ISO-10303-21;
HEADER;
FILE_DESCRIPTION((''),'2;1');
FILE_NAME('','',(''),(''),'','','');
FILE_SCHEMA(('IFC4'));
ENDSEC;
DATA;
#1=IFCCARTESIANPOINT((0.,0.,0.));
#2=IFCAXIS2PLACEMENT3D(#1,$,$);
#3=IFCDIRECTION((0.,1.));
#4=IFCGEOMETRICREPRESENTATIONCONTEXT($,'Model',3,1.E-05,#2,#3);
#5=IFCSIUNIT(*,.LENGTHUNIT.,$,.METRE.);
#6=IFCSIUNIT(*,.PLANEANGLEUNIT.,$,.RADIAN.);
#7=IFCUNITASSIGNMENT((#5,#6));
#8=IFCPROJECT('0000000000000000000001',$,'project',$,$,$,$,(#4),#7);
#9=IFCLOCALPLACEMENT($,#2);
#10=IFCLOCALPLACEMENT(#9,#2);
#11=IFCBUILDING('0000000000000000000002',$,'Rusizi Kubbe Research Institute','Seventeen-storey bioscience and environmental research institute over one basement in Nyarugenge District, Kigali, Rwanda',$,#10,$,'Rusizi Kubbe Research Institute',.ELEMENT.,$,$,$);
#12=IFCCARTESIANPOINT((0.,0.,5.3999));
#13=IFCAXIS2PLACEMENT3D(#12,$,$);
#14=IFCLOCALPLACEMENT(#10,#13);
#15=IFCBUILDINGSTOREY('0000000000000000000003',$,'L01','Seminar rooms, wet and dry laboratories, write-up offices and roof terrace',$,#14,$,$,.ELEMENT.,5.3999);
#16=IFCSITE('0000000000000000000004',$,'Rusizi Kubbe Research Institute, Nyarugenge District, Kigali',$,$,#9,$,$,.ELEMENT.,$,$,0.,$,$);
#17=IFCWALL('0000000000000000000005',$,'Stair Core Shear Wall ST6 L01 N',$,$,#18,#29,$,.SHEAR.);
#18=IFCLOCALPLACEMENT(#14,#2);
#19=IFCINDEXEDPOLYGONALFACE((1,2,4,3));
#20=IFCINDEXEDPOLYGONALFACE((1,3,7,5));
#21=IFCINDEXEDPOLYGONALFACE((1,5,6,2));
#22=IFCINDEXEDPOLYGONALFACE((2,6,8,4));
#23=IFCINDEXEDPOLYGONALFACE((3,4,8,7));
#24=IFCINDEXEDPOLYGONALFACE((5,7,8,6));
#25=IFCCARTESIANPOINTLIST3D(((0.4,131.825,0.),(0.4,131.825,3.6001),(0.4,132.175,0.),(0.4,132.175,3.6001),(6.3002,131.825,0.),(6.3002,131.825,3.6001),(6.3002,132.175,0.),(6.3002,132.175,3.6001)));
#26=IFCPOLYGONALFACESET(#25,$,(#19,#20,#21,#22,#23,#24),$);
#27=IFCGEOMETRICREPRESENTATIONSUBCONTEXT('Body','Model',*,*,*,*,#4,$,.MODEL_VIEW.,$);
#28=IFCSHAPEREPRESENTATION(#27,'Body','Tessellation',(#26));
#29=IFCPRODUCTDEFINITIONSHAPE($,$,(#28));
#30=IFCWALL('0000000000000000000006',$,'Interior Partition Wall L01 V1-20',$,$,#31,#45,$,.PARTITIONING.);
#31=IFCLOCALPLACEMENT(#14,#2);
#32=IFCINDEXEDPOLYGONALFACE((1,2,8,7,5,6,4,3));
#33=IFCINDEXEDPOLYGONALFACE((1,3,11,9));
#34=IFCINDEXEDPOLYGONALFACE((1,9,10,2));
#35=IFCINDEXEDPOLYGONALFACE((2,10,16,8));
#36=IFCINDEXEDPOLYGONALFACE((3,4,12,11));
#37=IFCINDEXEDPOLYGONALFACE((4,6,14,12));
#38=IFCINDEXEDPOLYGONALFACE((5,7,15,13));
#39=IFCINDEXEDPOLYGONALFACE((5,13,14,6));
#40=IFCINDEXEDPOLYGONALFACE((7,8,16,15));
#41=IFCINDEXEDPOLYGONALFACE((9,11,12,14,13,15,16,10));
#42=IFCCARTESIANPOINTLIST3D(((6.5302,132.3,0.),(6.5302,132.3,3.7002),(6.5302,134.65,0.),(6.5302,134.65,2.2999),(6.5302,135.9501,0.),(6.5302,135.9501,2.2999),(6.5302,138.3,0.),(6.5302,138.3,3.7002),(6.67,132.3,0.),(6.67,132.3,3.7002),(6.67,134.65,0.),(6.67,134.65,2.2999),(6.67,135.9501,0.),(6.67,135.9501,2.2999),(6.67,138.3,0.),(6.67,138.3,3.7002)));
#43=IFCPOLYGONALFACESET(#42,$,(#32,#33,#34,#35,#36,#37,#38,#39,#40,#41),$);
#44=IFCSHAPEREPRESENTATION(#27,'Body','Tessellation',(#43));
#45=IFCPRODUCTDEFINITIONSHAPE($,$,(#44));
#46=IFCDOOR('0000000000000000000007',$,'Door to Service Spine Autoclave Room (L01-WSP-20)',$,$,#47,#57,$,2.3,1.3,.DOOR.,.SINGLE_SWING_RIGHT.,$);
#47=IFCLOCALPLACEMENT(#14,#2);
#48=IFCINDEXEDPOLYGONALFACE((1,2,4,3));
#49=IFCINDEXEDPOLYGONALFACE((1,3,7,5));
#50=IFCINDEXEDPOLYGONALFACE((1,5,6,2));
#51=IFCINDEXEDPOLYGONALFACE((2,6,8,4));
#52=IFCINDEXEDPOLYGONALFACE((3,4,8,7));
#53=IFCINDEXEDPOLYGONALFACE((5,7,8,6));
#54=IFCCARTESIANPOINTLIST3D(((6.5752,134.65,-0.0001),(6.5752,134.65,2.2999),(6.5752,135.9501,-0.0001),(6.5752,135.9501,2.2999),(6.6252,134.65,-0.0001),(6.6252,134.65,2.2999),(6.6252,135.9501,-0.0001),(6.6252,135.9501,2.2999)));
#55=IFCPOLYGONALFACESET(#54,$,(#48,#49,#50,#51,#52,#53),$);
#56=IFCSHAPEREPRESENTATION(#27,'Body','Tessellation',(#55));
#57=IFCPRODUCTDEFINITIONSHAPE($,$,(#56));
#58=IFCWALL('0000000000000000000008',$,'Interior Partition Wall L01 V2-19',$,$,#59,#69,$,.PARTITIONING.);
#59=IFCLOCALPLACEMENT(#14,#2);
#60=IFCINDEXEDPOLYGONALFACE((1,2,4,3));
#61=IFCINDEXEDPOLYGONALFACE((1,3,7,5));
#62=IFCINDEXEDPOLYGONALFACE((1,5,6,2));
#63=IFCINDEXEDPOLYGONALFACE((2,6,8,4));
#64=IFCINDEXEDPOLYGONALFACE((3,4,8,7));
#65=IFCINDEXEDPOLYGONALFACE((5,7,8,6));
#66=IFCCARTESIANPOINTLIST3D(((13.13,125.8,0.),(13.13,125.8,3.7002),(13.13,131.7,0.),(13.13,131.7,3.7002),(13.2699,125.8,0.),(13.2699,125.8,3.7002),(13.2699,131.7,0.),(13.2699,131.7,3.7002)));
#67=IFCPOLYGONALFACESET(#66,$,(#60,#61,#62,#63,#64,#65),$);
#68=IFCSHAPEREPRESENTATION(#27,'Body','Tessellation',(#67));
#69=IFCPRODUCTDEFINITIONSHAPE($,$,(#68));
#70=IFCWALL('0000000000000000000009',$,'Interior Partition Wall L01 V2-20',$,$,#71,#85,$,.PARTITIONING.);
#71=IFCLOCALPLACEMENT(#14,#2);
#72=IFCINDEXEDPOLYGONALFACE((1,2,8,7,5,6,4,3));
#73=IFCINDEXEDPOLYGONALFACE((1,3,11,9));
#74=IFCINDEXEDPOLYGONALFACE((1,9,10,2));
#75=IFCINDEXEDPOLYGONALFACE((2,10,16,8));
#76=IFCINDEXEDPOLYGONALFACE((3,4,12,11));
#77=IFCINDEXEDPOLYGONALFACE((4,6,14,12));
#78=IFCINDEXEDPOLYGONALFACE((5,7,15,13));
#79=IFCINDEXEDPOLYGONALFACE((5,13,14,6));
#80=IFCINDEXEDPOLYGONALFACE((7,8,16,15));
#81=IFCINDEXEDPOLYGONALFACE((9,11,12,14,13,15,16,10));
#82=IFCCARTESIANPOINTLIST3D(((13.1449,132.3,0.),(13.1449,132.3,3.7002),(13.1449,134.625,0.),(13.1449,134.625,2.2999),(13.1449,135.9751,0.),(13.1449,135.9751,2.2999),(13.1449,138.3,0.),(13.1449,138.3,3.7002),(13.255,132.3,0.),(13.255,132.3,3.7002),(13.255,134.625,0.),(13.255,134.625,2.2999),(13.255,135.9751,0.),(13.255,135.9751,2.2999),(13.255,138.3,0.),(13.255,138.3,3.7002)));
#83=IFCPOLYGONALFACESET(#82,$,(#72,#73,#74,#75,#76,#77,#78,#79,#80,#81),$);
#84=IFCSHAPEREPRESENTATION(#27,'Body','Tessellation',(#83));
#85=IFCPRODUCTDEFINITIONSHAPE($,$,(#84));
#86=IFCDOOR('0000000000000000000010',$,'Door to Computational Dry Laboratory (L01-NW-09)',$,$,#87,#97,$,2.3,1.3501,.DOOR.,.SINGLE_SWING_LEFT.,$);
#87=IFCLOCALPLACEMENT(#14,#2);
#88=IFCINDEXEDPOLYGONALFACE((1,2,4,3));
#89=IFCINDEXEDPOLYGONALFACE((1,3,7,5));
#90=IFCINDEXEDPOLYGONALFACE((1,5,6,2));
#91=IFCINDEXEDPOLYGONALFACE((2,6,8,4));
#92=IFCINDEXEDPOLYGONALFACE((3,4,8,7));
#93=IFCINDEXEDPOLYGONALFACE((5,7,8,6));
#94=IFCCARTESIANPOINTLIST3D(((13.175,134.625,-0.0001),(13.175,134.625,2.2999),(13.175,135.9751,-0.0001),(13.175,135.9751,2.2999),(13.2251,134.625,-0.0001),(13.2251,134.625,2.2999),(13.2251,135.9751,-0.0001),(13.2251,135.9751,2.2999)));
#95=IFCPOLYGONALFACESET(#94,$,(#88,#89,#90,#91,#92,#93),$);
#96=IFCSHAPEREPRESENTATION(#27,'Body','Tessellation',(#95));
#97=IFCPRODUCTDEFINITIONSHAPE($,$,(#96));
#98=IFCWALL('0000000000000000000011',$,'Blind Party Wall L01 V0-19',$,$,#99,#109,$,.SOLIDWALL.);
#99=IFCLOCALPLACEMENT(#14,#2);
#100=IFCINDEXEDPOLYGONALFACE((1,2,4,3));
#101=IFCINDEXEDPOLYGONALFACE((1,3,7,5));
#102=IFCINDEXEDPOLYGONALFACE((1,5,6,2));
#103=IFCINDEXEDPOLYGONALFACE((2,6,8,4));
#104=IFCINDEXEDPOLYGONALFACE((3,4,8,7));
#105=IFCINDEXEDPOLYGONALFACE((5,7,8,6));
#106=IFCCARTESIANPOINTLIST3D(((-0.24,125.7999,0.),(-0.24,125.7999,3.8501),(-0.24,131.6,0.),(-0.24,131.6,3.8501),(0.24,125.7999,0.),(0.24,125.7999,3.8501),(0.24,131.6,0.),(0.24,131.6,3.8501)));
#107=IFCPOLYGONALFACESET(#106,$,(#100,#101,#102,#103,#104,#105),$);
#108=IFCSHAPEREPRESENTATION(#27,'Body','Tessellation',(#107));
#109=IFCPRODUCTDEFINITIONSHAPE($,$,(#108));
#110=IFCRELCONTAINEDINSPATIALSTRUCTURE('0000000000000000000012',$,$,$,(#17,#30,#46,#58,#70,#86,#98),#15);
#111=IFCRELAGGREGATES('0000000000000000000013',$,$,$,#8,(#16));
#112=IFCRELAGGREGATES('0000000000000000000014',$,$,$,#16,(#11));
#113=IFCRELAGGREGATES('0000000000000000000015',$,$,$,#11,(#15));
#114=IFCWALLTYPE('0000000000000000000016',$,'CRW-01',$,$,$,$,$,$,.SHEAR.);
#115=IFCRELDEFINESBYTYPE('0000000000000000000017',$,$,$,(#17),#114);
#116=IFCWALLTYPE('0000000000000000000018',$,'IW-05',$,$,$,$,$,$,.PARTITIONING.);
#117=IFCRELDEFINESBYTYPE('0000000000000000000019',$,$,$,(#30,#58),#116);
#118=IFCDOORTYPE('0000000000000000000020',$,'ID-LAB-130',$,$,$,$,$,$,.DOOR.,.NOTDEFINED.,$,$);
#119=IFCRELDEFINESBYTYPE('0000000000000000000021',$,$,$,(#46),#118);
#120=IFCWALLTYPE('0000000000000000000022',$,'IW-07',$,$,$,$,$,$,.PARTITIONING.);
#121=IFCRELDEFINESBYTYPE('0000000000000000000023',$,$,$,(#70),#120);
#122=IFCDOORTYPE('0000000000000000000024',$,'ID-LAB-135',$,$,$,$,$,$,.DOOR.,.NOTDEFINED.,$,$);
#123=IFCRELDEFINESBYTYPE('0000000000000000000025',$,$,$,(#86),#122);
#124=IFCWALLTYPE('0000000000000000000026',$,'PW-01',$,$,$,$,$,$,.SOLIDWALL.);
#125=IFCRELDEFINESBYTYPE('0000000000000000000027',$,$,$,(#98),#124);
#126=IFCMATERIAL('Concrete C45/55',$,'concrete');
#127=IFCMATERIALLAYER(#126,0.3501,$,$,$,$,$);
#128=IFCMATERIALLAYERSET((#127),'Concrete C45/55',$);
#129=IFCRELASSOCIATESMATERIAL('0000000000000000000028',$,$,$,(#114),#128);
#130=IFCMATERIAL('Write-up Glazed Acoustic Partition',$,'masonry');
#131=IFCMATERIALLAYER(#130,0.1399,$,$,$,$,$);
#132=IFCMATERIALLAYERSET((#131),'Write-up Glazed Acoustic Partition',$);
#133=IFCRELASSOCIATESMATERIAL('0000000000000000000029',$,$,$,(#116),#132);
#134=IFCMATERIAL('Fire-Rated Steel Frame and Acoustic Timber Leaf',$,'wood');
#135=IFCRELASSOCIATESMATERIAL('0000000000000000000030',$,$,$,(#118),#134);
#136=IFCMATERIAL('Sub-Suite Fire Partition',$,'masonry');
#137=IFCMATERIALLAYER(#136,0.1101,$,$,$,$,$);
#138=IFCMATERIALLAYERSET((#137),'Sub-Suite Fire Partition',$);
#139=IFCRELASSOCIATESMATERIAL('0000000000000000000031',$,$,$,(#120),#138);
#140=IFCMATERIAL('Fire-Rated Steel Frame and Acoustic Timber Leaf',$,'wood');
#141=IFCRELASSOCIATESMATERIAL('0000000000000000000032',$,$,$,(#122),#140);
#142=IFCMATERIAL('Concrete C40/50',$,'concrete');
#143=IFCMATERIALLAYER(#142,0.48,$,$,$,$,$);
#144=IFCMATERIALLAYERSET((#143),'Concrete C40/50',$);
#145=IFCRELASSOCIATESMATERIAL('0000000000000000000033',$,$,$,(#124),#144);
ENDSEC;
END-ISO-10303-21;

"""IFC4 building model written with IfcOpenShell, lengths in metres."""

from ifc_helpers import new_model, si_unit, direction, frame, frame_2d, origin, place, context, subcontext, project, spatial, rectangle, extrude, material, layer, layer_set, type_object, element, fill, save


model = new_model("IFC4")

# Units and contexts
model_context = context("Model", 3, precision=1e-05, world=origin(), true_north=direction((0.0, 1.0)))
body_context = subcontext(model_context, "Body", "Model", "MODEL_VIEW")
ifc_project = project(units=[si_unit("LENGTHUNIT", "METRE"), si_unit("PLANEANGLEUNIT", "RADIAN")], contexts=[model_context])

# Site, building, storey
site_placement = place(None, origin())
site = spatial("IfcSite", under=ifc_project, at=site_placement, Name="Rusizi Kubbe Research Institute, Nyarugenge District, Kigali", CompositionType="ELEMENT", RefElevation=0.0)
building_placement = place(site_placement, origin())
building = spatial("IfcBuilding", under=site, at=building_placement, Name="Rusizi Kubbe Research Institute", Description="Seventeen-storey bioscience and environmental research institute over one basement in Nyarugenge District, Kigali, Rwanda", LongName="Rusizi Kubbe Research Institute", CompositionType="ELEMENT")
storey_placement = place(building_placement, frame((0.0, 0.0, 5.3999)))
storey = spatial("IfcBuildingStorey", under=building, at=storey_placement, Name="L01", Description="Seminar rooms, wet and dry laboratories, write-up offices and roof terrace", CompositionType="ELEMENT", Elevation=5.3999)

# Wall
ifc_material_1 = material(Name="Concrete C45/55", Category="concrete")
ifc_layer_1 = layer(ifc_material_1, 0.3501)
ifc_layer_set_1 = layer_set([ifc_layer_1], Name="Concrete C45/55")
wall_type_1 = type_object("IfcWallType", Name="CRW-01", PredefinedType="SHEAR", material=ifc_layer_set_1)
wall_1_placement = place(storey_placement, frame((0.3999, 132.0, 0.0), z_axis=(0.0, 0.0, 1.0), x_axis=(1.0, 0.0, 0.0)))
element("IfcWall", 1, at=wall_1_placement, inside=storey, type_object=wall_type_1, Name="Stair Core Shear Wall ST6 L01 N", PredefinedType="SHEAR", context=body_context, shape_type="SweptSolid", body=[
    extrude(rectangle(XDim=5.9001, YDim=0.3501, at=frame_2d((2.9502, 0.0))), origin(), (0.0, 0.0, 1.0), 3.6001),
])

# Wall, opening, door
ifc_material_2 = material(Name="Write-up Glazed Acoustic Partition", Category="masonry")
ifc_layer_2 = layer(ifc_material_2, 0.1399)
ifc_layer_set_2 = layer_set([ifc_layer_2], Name="Write-up Glazed Acoustic Partition")
wall_type_2 = type_object("IfcWallType", Name="IW-05", PredefinedType="PARTITIONING", material=ifc_layer_set_2)
wall_2_placement = place(storey_placement, frame((6.6001, 132.3, 0.0), z_axis=(0.0, 0.0, 1.0), x_axis=(0.0, 1.0, 0.0)))
wall_2 = element("IfcWall", 2, at=wall_2_placement, inside=storey, type_object=wall_type_2, Name="Interior Partition Wall L01 V1-20", PredefinedType="PARTITIONING", context=body_context, shape_type="SweptSolid", body=[
    extrude(rectangle(XDim=6.0, YDim=0.1399, at=frame_2d((3.0, 0.0))), origin(), (0.0, 0.0, 1.0), 3.7002),
])
opening_1_placement = place(wall_2_placement, frame((2.3501, 0.0, 0.0)))
opening_1 = element("IfcOpeningElement", 3, at=opening_1_placement, cuts=wall_2, PredefinedType="OPENING", context=body_context, shape_type="SweptSolid", body=[
    extrude(rectangle(XDim=1.3, YDim=2.3, at=frame_2d((0.6499, 1.1499))), frame((0.0, 0.0798, 0.0), z_axis=(0.0, -1.0, 0.0), x_axis=(1.0, 0.0, 0.0)), (0.0, 0.0, 1.0), 0.1599),
])
ifc_material_3 = material(Name="Fire-Rated Steel Frame and Acoustic Timber Leaf", Category="wood")
door_type_1 = type_object("IfcDoorType", Name="ID-LAB-130", OperationType="NOTDEFINED", PredefinedType="DOOR", material=ifc_material_3)
door_1_placement = place(opening_1_placement, origin())
door_1 = element("IfcDoor", 4, at=door_1_placement, inside=storey, type_object=door_type_1, Name="Door to Service Spine Autoclave Room (L01-WSP-20)", OperationType="SINGLE_SWING_RIGHT", OverallHeight=2.3, OverallWidth=1.3, PredefinedType="DOOR", context=body_context, shape_type="SweptSolid", body=[
    extrude(rectangle(XDim=1.3, YDim=2.3, at=frame_2d((0.6499, 1.1499))), frame((0.0, 0.0249, 0.0), z_axis=(0.0, -1.0, 0.0), x_axis=(1.0, 0.0, 0.0)), (0.0, 0.0, 1.0), 0.05),
])
fill(opening_1, door_1)

# Wall
wall_3_placement = place(storey_placement, frame((13.2, 125.8, 0.0), z_axis=(0.0, 0.0, 1.0), x_axis=(0.0, 1.0, 0.0)))
element("IfcWall", 5, at=wall_3_placement, inside=storey, type_object=wall_type_2, Name="Interior Partition Wall L01 V2-19", PredefinedType="PARTITIONING", context=body_context, shape_type="SweptSolid", body=[
    extrude(rectangle(XDim=5.8999, YDim=0.1399, at=frame_2d((2.95, 0.0))), origin(), (0.0, 0.0, 1.0), 3.7002),
])

# Wall, opening, door
ifc_material_4 = material(Name="Sub-Suite Fire Partition", Category="masonry")
ifc_layer_3 = layer(ifc_material_4, 0.1101)
ifc_layer_set_3 = layer_set([ifc_layer_3], Name="Sub-Suite Fire Partition")
wall_type_3 = type_object("IfcWallType", Name="IW-07", PredefinedType="PARTITIONING", material=ifc_layer_set_3)
wall_4_placement = place(storey_placement, frame((13.2, 132.3, 0.0), z_axis=(0.0, 0.0, 1.0), x_axis=(0.0, 1.0, 0.0)))
wall_4 = element("IfcWall", 6, at=wall_4_placement, inside=storey, type_object=wall_type_3, Name="Interior Partition Wall L01 V2-20", PredefinedType="PARTITIONING", context=body_context, shape_type="SweptSolid", body=[
    extrude(rectangle(XDim=6.0, YDim=0.1101, at=frame_2d((3.0, 0.0))), origin(), (0.0, 0.0, 1.0), 3.7002),
])
opening_2_placement = place(wall_4_placement, frame((2.325, 0.0, 0.0)))
opening_2 = element("IfcOpeningElement", 7, at=opening_2_placement, cuts=wall_4, PredefinedType="OPENING", context=body_context, shape_type="SweptSolid", body=[
    extrude(rectangle(XDim=1.3501, YDim=2.3, at=frame_2d((0.675, 1.1499))), frame((0.0, 0.0649, 0.0), z_axis=(0.0, -1.0, 0.0), x_axis=(1.0, 0.0, 0.0)), (0.0, 0.0, 1.0), 0.1301),
])
ifc_material_5 = material(Name="Fire-Rated Steel Frame and Acoustic Timber Leaf", Category="wood")
door_type_2 = type_object("IfcDoorType", Name="ID-LAB-135", OperationType="NOTDEFINED", PredefinedType="DOOR", material=ifc_material_5)
door_2_placement = place(opening_2_placement, origin())
door_2 = element("IfcDoor", 8, at=door_2_placement, inside=storey, type_object=door_type_2, Name="Door to Computational Dry Laboratory (L01-NW-09)", OperationType="SINGLE_SWING_LEFT", OverallHeight=2.3, OverallWidth=1.3501, PredefinedType="DOOR", context=body_context, shape_type="SweptSolid", body=[
    extrude(rectangle(XDim=1.3501, YDim=2.3, at=frame_2d((0.675, 1.1499))), frame((0.0, 0.0249, 0.0), z_axis=(0.0, -1.0, 0.0), x_axis=(1.0, 0.0, 0.0)), (0.0, 0.0, 1.0), 0.05),
])
fill(opening_2, door_2)

# Wall
ifc_material_6 = material(Name="Concrete C40/50", Category="concrete")
ifc_layer_4 = layer(ifc_material_6, 0.48)
ifc_layer_set_4 = layer_set([ifc_layer_4], Name="Concrete C40/50")
wall_type_4 = type_object("IfcWallType", Name="PW-01", PredefinedType="SOLIDWALL", material=ifc_layer_set_4)
wall_5_placement = place(storey_placement, frame((0.0, 125.8, 0.0), z_axis=(0.0, 0.0, 1.0), x_axis=(0.0, 1.0, 0.0)))
element("IfcWall", 9, at=wall_5_placement, inside=storey, type_object=wall_type_4, Name="Blind Party Wall L01 V0-19", PredefinedType="SOLIDWALL", context=body_context, shape_type="SweptSolid", body=[
    extrude(rectangle(XDim=5.8, YDim=0.48, at=frame_2d((2.8999, 0.0))), origin(), (0.0, 0.0, 1.0), 3.8501),
])

save(model, "model.ifc")
